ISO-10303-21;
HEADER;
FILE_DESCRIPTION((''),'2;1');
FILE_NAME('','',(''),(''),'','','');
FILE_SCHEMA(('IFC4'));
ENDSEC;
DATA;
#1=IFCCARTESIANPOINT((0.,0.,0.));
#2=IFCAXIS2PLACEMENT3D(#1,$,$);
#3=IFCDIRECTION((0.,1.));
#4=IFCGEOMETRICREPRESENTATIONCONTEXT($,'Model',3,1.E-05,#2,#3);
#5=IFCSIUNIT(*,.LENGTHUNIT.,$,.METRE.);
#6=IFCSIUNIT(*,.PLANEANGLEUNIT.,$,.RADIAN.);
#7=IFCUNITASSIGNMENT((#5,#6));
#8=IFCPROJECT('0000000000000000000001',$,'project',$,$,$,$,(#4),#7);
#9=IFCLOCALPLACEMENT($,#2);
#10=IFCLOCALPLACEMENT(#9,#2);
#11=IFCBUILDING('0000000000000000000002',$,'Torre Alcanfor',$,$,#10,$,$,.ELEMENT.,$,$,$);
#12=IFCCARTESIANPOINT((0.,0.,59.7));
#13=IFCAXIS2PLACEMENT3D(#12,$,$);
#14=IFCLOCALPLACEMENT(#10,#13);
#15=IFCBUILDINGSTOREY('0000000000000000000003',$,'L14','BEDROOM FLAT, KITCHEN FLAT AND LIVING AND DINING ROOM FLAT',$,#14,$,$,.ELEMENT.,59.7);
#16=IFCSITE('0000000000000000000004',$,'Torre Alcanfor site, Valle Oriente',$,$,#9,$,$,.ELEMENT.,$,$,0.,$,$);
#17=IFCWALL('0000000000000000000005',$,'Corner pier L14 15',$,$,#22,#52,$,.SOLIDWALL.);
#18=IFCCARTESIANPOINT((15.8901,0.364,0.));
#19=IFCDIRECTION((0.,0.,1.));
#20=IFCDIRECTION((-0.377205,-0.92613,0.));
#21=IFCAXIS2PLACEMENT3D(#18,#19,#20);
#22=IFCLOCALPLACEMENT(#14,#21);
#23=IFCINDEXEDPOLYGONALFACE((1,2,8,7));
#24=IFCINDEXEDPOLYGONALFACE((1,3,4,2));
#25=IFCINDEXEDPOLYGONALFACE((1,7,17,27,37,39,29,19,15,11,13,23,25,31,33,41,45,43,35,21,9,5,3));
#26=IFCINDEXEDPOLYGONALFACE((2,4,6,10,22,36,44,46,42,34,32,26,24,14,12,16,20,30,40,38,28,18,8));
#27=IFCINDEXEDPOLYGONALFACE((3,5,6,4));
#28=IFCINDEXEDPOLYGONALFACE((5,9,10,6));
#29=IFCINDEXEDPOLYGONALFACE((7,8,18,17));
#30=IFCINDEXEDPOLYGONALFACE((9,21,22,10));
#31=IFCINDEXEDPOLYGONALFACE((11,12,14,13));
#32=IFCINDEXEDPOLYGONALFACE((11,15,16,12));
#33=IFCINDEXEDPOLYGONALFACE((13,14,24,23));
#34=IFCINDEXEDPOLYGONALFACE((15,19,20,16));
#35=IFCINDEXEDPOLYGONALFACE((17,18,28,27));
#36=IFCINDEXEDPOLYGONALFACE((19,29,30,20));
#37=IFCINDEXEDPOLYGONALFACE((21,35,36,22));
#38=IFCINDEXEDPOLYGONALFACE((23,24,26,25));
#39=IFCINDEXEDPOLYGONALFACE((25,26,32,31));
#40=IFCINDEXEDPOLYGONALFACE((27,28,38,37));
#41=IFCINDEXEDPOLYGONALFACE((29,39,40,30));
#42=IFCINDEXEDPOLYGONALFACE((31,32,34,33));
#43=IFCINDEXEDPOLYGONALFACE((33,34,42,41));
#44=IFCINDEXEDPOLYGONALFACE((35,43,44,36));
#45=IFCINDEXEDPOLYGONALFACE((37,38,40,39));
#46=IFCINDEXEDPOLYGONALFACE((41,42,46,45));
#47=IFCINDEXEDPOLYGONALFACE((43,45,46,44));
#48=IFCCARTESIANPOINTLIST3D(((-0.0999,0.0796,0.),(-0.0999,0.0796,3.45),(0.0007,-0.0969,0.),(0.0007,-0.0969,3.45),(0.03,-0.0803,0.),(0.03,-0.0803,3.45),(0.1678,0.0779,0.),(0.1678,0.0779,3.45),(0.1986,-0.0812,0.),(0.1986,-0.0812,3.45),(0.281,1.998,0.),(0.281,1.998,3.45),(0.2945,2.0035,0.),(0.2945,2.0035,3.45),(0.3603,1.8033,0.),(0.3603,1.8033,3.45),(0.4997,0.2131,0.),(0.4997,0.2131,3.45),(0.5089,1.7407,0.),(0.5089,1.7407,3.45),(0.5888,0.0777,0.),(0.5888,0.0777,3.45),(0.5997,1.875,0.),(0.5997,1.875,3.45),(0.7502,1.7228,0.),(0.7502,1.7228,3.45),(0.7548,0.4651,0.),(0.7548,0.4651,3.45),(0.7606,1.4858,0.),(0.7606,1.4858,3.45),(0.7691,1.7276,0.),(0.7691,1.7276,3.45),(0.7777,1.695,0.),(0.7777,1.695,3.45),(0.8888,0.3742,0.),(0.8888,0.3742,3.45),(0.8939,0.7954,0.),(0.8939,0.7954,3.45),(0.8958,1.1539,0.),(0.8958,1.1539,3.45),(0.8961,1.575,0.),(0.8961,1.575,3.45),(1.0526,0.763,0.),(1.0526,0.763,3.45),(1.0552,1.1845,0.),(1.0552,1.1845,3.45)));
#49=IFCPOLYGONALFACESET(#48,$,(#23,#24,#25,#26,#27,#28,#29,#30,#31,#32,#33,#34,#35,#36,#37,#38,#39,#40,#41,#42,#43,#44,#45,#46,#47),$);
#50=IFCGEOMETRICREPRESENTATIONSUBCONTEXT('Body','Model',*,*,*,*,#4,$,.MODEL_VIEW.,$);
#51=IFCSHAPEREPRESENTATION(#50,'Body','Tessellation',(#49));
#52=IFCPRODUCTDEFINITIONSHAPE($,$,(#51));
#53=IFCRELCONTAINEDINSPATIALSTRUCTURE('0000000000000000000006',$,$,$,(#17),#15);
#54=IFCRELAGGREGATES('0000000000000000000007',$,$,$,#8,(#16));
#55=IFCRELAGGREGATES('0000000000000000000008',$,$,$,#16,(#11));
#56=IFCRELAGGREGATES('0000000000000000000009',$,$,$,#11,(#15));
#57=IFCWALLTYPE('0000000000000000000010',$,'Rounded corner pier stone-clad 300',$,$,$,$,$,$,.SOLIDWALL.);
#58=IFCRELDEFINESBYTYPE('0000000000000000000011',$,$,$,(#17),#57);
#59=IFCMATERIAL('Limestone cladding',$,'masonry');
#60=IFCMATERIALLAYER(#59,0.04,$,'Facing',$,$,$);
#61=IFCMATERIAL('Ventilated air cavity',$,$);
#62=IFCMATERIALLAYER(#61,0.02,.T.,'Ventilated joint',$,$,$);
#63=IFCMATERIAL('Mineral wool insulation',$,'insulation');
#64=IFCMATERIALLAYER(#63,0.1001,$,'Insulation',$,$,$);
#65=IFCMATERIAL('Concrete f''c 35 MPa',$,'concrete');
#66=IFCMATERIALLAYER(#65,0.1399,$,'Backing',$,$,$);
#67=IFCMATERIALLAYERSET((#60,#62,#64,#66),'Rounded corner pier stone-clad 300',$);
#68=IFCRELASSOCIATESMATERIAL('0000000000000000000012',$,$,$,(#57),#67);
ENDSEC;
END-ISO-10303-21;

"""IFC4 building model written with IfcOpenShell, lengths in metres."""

from ifc_helpers import new_model, si_unit, direction, frame, origin, place, context, subcontext, project, spatial, polyline, outline, extrude, material, layer, layer_set, type_object, element, save


model = new_model("IFC4")

# Units and contexts
model_context = context("Model", 3, precision=1e-05, world=origin(), true_north=direction((0.0, 1.0)))
body_context = subcontext(model_context, "Body", "Model", "MODEL_VIEW")
ifc_project = project(units=[si_unit("LENGTHUNIT", "METRE"), si_unit("PLANEANGLEUNIT", "RADIAN")], contexts=[model_context])

# Site, building, storey
site_placement = place(None, origin())
site = spatial("IfcSite", under=ifc_project, at=site_placement, Name="Torre Alcanfor site, Valle Oriente", CompositionType="ELEMENT", RefElevation=0.0)
building_placement = place(site_placement, origin())
building = spatial("IfcBuilding", under=site, at=building_placement, Name="Torre Alcanfor", CompositionType="ELEMENT")
storey_placement = place(building_placement, frame((0.0, 0.0, 59.7)))
storey = spatial("IfcBuildingStorey", under=building, at=storey_placement, Name="L14", Description="BEDROOM FLAT, KITCHEN FLAT AND LIVING AND DINING ROOM FLAT", CompositionType="ELEMENT", Elevation=59.7)

# Shared definitions
ifc_material_1 = material(Name="Limestone cladding", Category="masonry")
ifc_material_2 = material(Name="Ventilated air cavity")
ifc_material_3 = material(Name="Mineral wool insulation", Category="insulation")
ifc_material_4 = material(Name="Concrete f'c 35 MPa", Category="concrete")

# Wall
ifc_layer_1 = layer(ifc_material_1, 0.04, Name="Facing")
ifc_layer_2 = layer(ifc_material_2, 0.02, ventilated=True, Name="Ventilated joint")
ifc_layer_3 = layer(ifc_material_3, 0.1001, Name="Insulation")
ifc_layer_4 = layer(ifc_material_4, 0.1399, Name="Backing")
ifc_layer_set_1 = layer_set([ifc_layer_1, ifc_layer_2, ifc_layer_3, ifc_layer_4], Name="Rounded corner pier stone-clad 300")
wall_type_1 = type_object("IfcWallType", Name="Rounded corner pier stone-clad 300", PredefinedType="SOLIDWALL", material=ifc_layer_set_1)
wall_1_placement = place(storey_placement, frame((15.8901, 0.364, 0.0), z_axis=(0.0, 0.0, 1.0), x_axis=(-0.377205, -0.92613, 0.0)))
element("IfcWall", 1, at=wall_1_placement, inside=storey, type_object=wall_type_1, Name="Corner pier L14 15", PredefinedType="SOLIDWALL", context=body_context, shape_type="SweptSolid", body=[
    extrude(outline(polyline([(0.3603, 1.8033), (0.5089, 1.7407), (0.7606, 1.4858), (0.8958, 1.1539), (0.8939, 0.7954), (0.7548, 0.4651), (0.4997, 0.2131), (0.1678, 0.0779), (-0.0999, 0.0796), (0.0007, -0.0969), (0.03, -0.0803), (0.1986, -0.0812), (0.5888, 0.0777), (0.8888, 0.3742), (1.0526, 0.763), (1.0552, 1.1845), (0.8961, 1.575), (0.7777, 1.695), (0.7691, 1.7276), (0.7502, 1.7228), (0.5997, 1.875), (0.2945, 2.0035), (0.281, 1.998), (0.3603, 1.8033)])), origin(), (0.0, 0.0, 1.0), 3.45),
])

save(model, "model.ifc")
